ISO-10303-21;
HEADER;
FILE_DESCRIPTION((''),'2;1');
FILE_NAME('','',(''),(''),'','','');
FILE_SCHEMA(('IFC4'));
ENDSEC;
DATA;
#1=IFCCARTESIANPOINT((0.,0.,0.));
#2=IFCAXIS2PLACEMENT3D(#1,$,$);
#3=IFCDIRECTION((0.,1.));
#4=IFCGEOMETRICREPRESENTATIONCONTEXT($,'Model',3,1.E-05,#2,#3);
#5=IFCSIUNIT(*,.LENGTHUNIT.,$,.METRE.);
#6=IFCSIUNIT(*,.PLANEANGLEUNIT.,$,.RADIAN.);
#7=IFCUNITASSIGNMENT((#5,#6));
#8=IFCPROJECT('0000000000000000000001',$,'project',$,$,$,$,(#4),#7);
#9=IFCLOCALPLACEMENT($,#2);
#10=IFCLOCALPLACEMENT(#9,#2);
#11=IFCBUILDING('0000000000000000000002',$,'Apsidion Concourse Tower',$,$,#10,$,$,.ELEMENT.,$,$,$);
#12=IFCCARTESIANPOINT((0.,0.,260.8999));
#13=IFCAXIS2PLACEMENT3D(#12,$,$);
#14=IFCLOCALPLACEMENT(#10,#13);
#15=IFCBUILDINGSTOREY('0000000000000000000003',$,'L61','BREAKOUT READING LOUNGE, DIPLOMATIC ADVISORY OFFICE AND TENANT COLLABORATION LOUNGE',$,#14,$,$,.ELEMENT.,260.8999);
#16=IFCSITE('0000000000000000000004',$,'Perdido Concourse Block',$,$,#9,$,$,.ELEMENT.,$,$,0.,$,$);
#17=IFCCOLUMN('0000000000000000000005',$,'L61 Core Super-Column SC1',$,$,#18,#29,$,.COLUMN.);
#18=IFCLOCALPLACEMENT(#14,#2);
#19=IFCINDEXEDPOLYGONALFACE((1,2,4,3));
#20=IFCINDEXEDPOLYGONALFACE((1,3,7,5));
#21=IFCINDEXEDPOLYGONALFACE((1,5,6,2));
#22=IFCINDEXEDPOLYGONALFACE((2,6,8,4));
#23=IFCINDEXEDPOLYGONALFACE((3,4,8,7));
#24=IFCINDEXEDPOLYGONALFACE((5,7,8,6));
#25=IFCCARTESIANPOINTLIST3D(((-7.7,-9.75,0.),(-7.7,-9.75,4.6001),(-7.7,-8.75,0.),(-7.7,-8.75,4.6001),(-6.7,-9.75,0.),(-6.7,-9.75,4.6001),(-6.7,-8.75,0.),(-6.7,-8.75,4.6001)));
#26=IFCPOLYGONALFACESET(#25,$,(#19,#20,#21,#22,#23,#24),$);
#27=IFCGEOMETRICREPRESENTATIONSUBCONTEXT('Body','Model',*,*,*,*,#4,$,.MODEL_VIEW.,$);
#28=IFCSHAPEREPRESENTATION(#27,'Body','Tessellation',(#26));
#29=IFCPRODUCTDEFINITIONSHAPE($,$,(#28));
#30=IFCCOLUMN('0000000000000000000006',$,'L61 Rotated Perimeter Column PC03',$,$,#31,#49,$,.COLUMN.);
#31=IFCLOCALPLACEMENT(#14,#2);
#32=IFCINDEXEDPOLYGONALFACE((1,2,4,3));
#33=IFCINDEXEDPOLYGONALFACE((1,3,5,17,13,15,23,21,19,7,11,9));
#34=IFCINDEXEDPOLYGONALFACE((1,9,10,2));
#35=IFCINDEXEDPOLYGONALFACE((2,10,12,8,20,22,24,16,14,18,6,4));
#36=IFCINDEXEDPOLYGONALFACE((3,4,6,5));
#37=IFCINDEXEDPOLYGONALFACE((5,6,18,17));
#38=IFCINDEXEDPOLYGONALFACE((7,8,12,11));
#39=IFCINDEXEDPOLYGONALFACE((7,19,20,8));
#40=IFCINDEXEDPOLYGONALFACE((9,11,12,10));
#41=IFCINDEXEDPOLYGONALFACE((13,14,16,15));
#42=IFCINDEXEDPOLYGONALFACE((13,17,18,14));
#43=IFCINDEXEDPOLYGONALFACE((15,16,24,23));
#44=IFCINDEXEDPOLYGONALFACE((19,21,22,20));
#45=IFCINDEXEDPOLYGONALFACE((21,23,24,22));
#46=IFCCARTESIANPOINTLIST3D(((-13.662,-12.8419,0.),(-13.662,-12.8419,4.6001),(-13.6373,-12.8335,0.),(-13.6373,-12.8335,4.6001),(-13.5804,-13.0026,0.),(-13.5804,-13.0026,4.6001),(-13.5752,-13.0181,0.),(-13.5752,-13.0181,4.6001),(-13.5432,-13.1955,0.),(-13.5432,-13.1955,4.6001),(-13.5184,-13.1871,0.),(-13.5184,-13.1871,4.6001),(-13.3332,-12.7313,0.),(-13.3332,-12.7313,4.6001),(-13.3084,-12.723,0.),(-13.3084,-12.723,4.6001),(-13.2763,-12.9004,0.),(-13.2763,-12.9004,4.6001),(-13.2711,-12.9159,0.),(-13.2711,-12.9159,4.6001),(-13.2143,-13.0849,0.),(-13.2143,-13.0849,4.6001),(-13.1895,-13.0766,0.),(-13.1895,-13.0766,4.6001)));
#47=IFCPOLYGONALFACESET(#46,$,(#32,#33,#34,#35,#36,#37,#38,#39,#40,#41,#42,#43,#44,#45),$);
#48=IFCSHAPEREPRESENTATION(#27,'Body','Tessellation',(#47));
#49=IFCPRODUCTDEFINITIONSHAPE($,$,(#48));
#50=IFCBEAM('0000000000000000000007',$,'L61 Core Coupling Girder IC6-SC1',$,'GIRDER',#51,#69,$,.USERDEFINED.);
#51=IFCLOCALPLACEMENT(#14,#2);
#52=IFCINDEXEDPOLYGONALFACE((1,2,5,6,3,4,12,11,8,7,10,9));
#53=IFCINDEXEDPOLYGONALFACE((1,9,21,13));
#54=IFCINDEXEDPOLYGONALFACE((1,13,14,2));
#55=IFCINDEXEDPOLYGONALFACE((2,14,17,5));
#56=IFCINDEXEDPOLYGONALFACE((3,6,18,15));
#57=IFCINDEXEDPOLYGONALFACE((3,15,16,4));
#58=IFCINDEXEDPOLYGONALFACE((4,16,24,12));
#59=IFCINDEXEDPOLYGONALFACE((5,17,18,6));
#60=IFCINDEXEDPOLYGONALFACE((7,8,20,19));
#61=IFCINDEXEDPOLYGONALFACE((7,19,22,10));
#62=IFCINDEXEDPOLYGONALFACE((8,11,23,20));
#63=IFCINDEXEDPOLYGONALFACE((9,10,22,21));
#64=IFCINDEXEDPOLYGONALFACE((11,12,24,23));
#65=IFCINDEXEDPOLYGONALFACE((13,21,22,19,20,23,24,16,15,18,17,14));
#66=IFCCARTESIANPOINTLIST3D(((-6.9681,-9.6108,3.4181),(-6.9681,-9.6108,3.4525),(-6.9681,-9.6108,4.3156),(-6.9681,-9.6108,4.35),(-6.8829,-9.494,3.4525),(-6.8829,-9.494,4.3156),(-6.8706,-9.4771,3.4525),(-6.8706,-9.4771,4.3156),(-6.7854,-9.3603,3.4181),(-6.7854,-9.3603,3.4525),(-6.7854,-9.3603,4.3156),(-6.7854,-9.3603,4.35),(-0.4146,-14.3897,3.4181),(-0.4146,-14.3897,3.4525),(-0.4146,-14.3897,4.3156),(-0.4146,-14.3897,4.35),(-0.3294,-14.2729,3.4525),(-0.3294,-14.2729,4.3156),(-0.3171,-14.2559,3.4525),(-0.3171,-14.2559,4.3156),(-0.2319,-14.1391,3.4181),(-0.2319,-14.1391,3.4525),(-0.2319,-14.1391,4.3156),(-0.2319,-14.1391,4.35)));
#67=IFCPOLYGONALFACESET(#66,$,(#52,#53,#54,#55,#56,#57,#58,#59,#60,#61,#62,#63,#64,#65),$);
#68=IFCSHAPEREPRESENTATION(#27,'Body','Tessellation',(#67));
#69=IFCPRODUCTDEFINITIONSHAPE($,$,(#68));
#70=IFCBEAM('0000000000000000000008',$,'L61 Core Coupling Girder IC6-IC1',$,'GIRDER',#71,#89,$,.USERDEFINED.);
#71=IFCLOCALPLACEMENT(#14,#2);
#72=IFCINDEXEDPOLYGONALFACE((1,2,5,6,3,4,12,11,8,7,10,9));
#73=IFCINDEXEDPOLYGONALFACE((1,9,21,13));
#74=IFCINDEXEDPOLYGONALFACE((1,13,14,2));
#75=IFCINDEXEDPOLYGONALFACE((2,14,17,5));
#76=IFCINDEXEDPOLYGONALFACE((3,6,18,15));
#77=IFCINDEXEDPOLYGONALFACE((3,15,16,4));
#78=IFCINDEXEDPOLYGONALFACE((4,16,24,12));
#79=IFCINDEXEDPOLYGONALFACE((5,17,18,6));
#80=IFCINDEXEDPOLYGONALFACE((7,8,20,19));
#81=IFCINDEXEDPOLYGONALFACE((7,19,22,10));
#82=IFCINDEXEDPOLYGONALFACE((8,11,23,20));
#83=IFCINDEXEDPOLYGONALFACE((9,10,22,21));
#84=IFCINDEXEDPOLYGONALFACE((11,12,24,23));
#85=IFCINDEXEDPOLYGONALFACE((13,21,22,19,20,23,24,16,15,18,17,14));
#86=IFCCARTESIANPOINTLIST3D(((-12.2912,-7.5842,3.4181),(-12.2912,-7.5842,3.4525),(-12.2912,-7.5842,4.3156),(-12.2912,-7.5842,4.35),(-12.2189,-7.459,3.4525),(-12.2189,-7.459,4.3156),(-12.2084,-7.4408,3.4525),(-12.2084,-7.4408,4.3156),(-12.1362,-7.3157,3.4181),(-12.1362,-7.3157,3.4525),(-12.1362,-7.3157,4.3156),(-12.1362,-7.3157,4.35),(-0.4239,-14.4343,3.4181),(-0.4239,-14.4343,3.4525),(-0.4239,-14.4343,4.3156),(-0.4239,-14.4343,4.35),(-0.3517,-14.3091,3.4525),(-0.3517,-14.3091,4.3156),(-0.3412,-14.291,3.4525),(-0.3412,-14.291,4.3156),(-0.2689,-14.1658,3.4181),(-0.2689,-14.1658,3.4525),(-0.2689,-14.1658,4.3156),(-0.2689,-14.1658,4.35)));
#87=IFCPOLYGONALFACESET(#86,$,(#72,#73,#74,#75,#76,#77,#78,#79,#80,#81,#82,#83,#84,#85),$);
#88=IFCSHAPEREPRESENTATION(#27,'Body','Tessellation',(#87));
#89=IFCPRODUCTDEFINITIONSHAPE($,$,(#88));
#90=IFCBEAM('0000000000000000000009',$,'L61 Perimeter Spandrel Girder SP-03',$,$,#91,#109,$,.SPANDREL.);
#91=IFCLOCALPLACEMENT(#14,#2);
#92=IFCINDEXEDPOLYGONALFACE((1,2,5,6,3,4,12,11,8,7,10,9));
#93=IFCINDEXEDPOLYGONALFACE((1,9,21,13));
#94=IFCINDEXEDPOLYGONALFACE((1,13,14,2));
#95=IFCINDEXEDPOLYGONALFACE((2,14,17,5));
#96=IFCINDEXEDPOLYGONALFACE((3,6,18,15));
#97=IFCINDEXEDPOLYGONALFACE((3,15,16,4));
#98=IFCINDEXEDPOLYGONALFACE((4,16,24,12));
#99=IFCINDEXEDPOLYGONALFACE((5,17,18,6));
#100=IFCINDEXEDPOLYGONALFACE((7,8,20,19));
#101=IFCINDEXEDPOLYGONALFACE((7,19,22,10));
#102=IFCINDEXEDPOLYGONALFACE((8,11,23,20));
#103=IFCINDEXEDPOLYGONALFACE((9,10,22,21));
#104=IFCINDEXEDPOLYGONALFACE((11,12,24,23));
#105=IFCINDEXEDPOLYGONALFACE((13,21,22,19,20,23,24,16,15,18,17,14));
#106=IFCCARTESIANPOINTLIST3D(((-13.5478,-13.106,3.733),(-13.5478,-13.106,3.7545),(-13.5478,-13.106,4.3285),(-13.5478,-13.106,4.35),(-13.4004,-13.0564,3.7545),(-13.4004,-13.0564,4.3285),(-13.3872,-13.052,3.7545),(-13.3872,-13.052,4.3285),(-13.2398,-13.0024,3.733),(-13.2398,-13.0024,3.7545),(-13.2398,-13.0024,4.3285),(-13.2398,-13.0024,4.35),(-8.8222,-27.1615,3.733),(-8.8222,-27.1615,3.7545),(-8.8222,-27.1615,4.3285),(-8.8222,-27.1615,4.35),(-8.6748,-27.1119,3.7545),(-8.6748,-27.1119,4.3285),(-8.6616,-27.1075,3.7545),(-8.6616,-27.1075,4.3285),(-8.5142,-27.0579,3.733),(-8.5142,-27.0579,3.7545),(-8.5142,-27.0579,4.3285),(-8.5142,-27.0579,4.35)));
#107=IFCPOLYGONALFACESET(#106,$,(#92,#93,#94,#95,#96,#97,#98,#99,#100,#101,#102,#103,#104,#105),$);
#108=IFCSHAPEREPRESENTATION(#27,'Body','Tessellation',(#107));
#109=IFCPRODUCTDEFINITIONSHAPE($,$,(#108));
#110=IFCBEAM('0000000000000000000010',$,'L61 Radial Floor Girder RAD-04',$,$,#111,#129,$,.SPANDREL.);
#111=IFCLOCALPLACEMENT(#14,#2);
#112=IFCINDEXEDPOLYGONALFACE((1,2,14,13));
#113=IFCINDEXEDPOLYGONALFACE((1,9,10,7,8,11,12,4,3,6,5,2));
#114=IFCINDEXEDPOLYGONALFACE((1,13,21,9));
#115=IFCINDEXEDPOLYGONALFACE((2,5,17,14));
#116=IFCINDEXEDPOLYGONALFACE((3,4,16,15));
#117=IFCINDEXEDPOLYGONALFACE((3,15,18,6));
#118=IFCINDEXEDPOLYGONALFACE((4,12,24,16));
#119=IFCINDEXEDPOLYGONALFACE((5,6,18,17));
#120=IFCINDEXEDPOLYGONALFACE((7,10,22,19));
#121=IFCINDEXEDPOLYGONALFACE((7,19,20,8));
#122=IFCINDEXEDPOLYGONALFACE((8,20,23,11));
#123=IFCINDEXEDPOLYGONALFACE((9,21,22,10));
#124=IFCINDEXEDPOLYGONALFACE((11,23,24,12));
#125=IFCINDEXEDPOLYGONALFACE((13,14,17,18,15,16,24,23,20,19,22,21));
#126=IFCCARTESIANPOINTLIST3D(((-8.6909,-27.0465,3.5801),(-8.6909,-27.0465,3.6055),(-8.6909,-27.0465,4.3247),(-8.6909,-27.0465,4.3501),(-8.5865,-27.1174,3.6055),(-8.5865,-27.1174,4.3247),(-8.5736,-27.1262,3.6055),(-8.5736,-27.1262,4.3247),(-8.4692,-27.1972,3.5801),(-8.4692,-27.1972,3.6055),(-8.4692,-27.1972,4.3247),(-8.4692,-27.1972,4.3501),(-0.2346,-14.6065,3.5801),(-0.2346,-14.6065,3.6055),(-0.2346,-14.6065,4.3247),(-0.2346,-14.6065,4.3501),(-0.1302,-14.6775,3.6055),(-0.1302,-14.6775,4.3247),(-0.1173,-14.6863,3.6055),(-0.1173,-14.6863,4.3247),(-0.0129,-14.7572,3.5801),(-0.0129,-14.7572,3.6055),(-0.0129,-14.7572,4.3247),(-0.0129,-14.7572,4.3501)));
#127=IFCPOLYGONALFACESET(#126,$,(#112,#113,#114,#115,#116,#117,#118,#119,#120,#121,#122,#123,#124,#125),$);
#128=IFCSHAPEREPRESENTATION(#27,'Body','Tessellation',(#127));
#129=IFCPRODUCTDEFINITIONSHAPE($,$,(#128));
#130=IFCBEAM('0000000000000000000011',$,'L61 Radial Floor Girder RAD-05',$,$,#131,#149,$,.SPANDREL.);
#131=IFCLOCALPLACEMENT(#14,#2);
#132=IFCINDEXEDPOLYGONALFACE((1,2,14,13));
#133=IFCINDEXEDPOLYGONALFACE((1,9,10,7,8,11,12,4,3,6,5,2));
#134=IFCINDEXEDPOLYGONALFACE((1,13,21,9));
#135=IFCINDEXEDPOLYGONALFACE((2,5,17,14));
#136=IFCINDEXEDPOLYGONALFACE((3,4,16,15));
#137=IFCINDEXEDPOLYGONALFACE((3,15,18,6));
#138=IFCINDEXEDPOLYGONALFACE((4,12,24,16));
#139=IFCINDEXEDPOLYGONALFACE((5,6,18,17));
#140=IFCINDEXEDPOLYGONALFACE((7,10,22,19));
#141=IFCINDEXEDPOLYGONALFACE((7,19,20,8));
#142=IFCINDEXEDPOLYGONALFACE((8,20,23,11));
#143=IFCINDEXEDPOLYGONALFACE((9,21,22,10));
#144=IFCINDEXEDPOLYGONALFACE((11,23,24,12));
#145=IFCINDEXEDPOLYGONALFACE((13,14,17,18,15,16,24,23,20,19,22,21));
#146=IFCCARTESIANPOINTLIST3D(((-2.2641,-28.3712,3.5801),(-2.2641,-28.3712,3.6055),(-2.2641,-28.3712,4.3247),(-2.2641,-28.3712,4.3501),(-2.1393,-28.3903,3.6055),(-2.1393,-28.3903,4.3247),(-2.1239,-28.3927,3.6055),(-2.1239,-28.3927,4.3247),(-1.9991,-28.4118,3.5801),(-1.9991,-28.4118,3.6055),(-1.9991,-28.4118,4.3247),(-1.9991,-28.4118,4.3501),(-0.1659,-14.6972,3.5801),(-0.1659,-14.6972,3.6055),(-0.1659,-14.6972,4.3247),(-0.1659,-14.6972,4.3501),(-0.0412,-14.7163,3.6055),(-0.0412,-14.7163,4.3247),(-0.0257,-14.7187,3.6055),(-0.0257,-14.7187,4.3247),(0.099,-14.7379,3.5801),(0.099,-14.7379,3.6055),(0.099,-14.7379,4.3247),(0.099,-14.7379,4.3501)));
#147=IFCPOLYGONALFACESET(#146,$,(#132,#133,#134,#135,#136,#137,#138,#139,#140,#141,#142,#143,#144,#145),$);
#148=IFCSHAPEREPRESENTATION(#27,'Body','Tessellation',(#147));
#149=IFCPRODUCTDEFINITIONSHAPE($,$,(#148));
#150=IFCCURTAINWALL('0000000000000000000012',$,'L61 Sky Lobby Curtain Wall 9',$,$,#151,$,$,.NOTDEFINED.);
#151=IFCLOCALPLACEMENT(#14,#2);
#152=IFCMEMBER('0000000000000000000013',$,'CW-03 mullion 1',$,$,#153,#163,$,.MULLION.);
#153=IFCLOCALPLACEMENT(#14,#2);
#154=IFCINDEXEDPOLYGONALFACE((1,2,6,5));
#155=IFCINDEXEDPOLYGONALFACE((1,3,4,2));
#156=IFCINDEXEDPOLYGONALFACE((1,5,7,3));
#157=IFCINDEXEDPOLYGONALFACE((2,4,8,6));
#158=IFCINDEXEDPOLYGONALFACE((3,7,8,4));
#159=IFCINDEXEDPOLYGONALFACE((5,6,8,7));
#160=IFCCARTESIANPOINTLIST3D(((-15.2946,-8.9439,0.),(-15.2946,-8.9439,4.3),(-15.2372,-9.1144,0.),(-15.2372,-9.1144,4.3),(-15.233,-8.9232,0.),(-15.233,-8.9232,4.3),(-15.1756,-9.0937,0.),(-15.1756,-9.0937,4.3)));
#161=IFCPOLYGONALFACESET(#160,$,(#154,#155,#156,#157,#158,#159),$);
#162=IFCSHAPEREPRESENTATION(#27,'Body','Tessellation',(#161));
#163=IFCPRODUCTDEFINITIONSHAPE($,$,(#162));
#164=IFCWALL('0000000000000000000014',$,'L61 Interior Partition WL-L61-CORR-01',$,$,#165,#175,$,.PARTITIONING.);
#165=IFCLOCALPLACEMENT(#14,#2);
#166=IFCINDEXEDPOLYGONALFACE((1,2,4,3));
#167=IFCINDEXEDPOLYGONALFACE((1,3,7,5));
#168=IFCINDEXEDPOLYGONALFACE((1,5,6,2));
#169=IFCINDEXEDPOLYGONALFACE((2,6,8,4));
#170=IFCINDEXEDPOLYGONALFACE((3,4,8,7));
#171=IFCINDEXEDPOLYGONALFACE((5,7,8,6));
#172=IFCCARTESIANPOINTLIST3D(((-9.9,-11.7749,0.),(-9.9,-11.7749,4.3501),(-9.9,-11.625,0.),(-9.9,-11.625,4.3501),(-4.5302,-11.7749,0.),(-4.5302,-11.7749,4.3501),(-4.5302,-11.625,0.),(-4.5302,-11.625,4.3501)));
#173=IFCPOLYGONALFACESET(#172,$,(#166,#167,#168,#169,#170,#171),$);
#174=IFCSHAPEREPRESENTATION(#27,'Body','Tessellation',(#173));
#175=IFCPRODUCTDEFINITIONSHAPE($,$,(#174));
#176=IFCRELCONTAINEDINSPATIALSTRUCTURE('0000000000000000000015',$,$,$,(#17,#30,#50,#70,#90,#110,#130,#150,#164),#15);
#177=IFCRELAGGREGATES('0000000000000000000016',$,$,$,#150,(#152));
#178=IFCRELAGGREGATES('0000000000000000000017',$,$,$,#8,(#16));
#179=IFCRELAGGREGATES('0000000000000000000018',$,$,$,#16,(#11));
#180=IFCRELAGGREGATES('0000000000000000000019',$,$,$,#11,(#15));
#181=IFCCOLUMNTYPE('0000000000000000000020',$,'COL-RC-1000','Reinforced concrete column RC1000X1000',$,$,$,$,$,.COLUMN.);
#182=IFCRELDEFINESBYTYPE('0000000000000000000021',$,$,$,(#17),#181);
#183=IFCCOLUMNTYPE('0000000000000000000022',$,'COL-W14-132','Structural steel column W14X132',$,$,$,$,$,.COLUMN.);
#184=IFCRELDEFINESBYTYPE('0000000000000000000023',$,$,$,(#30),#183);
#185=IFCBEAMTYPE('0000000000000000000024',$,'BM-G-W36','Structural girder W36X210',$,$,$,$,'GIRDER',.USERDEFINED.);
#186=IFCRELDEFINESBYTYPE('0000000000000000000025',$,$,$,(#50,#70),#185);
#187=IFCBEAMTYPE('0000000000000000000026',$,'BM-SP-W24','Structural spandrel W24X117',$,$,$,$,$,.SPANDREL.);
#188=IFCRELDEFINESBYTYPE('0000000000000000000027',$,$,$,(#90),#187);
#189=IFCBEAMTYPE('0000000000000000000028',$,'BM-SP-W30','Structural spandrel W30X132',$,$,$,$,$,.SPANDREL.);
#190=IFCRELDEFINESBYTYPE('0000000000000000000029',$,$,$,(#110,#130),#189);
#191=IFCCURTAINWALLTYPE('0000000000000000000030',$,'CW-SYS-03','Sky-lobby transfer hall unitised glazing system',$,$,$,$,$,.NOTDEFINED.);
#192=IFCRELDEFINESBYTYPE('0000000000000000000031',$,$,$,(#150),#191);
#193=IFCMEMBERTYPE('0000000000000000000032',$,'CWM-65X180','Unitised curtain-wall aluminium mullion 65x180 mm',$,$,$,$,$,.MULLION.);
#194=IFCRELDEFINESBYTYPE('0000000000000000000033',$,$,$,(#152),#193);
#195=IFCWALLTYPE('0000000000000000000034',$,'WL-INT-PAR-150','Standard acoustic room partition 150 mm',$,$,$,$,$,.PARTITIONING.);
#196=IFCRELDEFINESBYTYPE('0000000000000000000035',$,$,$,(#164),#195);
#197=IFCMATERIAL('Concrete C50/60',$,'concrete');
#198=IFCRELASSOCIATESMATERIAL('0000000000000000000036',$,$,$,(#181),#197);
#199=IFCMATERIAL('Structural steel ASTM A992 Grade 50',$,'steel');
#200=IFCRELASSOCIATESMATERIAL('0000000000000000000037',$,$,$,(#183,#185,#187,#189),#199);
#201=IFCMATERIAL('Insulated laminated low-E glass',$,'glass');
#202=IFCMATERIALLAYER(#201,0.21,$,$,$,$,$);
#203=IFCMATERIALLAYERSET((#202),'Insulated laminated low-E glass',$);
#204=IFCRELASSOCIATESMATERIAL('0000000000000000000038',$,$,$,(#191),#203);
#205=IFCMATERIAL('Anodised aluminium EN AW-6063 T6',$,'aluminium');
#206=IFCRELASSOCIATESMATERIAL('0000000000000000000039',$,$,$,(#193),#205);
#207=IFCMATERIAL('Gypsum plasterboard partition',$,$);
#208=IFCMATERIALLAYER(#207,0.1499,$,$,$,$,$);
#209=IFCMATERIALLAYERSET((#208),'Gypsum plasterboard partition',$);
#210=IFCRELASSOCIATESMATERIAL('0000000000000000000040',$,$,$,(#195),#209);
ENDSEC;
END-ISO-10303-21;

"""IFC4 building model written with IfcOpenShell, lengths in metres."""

from ifc_helpers import new_model, si_unit, direction, frame, frame_2d, origin, origin_2d, place, context, subcontext, project, spatial, rectangle, i_section, extrude, material, layer, layer_set, material_profile, profile_set, type_object, element, aggregate, save


model = new_model("IFC4")

# Units and contexts
model_context = context("Model", 3, precision=1e-05, world=origin(), true_north=direction((0.0, 1.0)))
body_context = subcontext(model_context, "Body", "Model", "MODEL_VIEW")
ifc_project = project(units=[si_unit("LENGTHUNIT", "METRE"), si_unit("PLANEANGLEUNIT", "RADIAN")], contexts=[model_context])

# Site, building, storey
site_placement = place(None, origin())
site = spatial("IfcSite", under=ifc_project, at=site_placement, Name="Perdido Concourse Block", CompositionType="ELEMENT", RefElevation=0.0)
building_placement = place(site_placement, origin())
building = spatial("IfcBuilding", under=site, at=building_placement, Name="Apsidion Concourse Tower", CompositionType="ELEMENT")
storey_placement = place(building_placement, frame((0.0, 0.0, 260.8999)))
storey = spatial("IfcBuildingStorey", under=building, at=storey_placement, Name="L61", Description="BREAKOUT READING LOUNGE, DIPLOMATIC ADVISORY OFFICE AND TENANT COLLABORATION LOUNGE", CompositionType="ELEMENT", Elevation=260.8999)

# Columns
ifc_material_1 = material(Name="Concrete C50/60", Category="concrete")
ifc_material_profile_1 = material_profile(ifc_material_1, rectangle(XDim=1.0, YDim=1.0, at=origin_2d()), Name="RC 1000x1000")
ifc_profile_set_1 = profile_set([ifc_material_profile_1], Name="Concrete C50/60")
column_type_1 = type_object("IfcColumnType", Name="COL-RC-1000", Description="Reinforced concrete column RC1000X1000", PredefinedType="COLUMN", material=ifc_profile_set_1)
column_1_placement = place(storey_placement, frame((-7.2, -9.25, 0.0), z_axis=(0.0, 0.0, 1.0), x_axis=(1.0, 0.0, 0.0)))
element("IfcColumn", 1, at=column_1_placement, inside=storey, type_object=column_type_1, Name="L61 Core Super-Column SC1", PredefinedType="COLUMN", context=body_context, shape_type="SweptSolid", body=[
    extrude(rectangle(XDim=1.0, YDim=1.0, at=origin_2d()), origin(), (0.0, 0.0, 1.0), 4.6001),
])
ifc_material_2 = material(Name="Structural steel ASTM A992 Grade 50", Category="steel")
ifc_material_profile_2 = material_profile(ifc_material_2, i_section(OverallWidth=0.373, OverallDepth=0.373, WebThickness=0.0164, FlangeThickness=0.0261, at=origin_2d()), Name="W14X132")
ifc_profile_set_2 = profile_set([ifc_material_profile_2], Name="Structural steel ASTM A992 Grade 50")
column_type_2 = type_object("IfcColumnType", Name="COL-W14-132", Description="Structural steel column W14X132", PredefinedType="COLUMN", material=ifc_profile_set_2)
column_2_placement = place(storey_placement, frame((-13.4258, -12.9592, 0.0), z_axis=(0.0, 0.0, 1.0), x_axis=(-0.318628, 0.94788, 0.0)))
element("IfcColumn", 2, at=column_2_placement, inside=storey, type_object=column_type_2, Name="L61 Rotated Perimeter Column PC03", PredefinedType="COLUMN", context=body_context, shape_type="SweptSolid", body=[
    extrude(i_section(OverallWidth=0.373, OverallDepth=0.373, WebThickness=0.0164, FlangeThickness=0.0261, at=origin_2d()), origin(), (0.0, 0.0, 1.0), 4.6001),
])

# Beams
ifc_material_profile_3 = material_profile(ifc_material_2, i_section(OverallWidth=0.3101, OverallDepth=0.9319, WebThickness=0.021, FlangeThickness=0.0344, at=origin_2d()), Name="W36X210")
ifc_profile_set_3 = profile_set([ifc_material_profile_3], Name="Structural steel ASTM A992 Grade 50")
beam_type_1 = type_object("IfcBeamType", Name="BM-G-W36", Description="Structural girder W36X210", ElementType="GIRDER", PredefinedType="USERDEFINED", material=ifc_profile_set_3)
beam_1_placement = place(storey_placement, frame((-0.3232, -14.2644, 3.884), z_axis=(-0.807993, 0.589191, 0.0), x_axis=(-0.589191, -0.807993, 0.0)))
element("IfcBeam", 3, at=beam_1_placement, inside=storey, type_object=beam_type_1, Name="L61 Core Coupling Girder IC6-SC1", ObjectType="GIRDER", PredefinedType="USERDEFINED", context=body_context, shape_type="SweptSolid", body=[
    extrude(i_section(OverallWidth=0.3101, OverallDepth=0.9319, WebThickness=0.021, FlangeThickness=0.0344, at=origin_2d()), origin(), (0.0, 0.0, 1.0), 8.1108),
])
beam_2_placement = place(storey_placement, frame((-0.3464, -14.3, 3.884), z_axis=(-0.86607, 0.499922, 0.0), x_axis=(-0.499922, -0.86607, 0.0)))
element("IfcBeam", 4, at=beam_2_placement, inside=storey, type_object=beam_type_1, Name="L61 Core Coupling Girder IC6-IC1", ObjectType="GIRDER", PredefinedType="USERDEFINED", context=body_context, shape_type="SweptSolid", body=[
    extrude(i_section(OverallWidth=0.3101, OverallDepth=0.9319, WebThickness=0.021, FlangeThickness=0.0344, at=origin_2d()), origin(), (0.0, 0.0, 1.0), 13.7024),
])
ifc_material_profile_4 = material_profile(ifc_material_2, i_section(OverallWidth=0.325, OverallDepth=0.6169, WebThickness=0.0139, FlangeThickness=0.0215, at=origin_2d()), Name="W24X117")
ifc_profile_set_4 = profile_set([ifc_material_profile_4], Name="Structural steel ASTM A992 Grade 50")
beam_type_2 = type_object("IfcBeamType", Name="BM-SP-W24", Description="Structural spandrel W24X117", PredefinedType="SPANDREL", material=ifc_profile_set_4)
beam_3_placement = place(storey_placement, frame((-13.3938, -13.0542, 4.0415), z_axis=(0.318682, -0.947862, 0.0), x_axis=(0.947862, 0.318682, 0.0)))
element("IfcBeam", 5, at=beam_3_placement, inside=storey, type_object=beam_type_2, Name="L61 Perimeter Spandrel Girder SP-03", PredefinedType="SPANDREL", context=body_context, shape_type="SweptSolid", body=[
    extrude(i_section(OverallWidth=0.325, OverallDepth=0.6169, WebThickness=0.0139, FlangeThickness=0.0215, at=origin_2d()), origin(), (0.0, 0.0, 1.0), 14.8286),
])
ifc_material_profile_5 = material_profile(ifc_material_2, i_section(OverallWidth=0.2681, OverallDepth=0.77, WebThickness=0.0156, FlangeThickness=0.0254, at=origin_2d()), Name="W30X132")
ifc_profile_set_5 = profile_set([ifc_material_profile_5], Name="Structural steel ASTM A992 Grade 50")
beam_type_3 = type_object("IfcBeamType", Name="BM-SP-W30", Description="Structural spandrel W30X132", PredefinedType="SPANDREL", material=ifc_profile_set_5)
beam_4_placement = place(storey_placement, frame((-0.1238, -14.6819, 3.9651), z_axis=(-0.56218, -0.827015, 0.0), x_axis=(0.827015, -0.56218, 0.0)))
element("IfcBeam", 6, at=beam_4_placement, inside=storey, type_object=beam_type_3, Name="L61 Radial Floor Girder RAD-04", PredefinedType="SPANDREL", context=body_context, shape_type="SweptSolid", body=[
    extrude(i_section(OverallWidth=0.2681, OverallDepth=0.77, WebThickness=0.0156, FlangeThickness=0.0254, at=origin_2d()), origin(), (0.0, 0.0, 1.0), 15.042),
])
beam_5_placement = place(storey_placement, frame((-0.0334, -14.7175, 3.9651), z_axis=(-0.151665, -0.988432, 0.0), x_axis=(0.988432, -0.151665, 0.0)))
element("IfcBeam", 7, at=beam_5_placement, inside=storey, type_object=beam_type_3, Name="L61 Radial Floor Girder RAD-05", PredefinedType="SPANDREL", context=body_context, shape_type="SweptSolid", body=[
    extrude(i_section(OverallWidth=0.2681, OverallDepth=0.77, WebThickness=0.0156, FlangeThickness=0.0254, at=origin_2d()), origin(), (0.0, 0.0, 1.0), 13.834),
])

# Curtain wall, member
ifc_material_3 = material(Name="Insulated laminated low-E glass", Category="glass")
ifc_layer_1 = layer(ifc_material_3, 0.21)
ifc_layer_set_1 = layer_set([ifc_layer_1], Name="Insulated laminated low-E glass")
curtain_wall_type = type_object("IfcCurtainWallType", Name="CW-SYS-03", Description="Sky-lobby transfer hall unitised glazing system", PredefinedType="NOTDEFINED", material=ifc_layer_set_1)
curtain_wall_placement = place(storey_placement, origin())
curtain_wall = element("IfcCurtainWall", 8, at=curtain_wall_placement, inside=storey, type_object=curtain_wall_type, Name="L61 Sky Lobby Curtain Wall 9", PredefinedType="NOTDEFINED")
ifc_material_4 = material(Name="Anodised aluminium EN AW-6063 T6", Category="aluminium")
ifc_material_profile_6 = material_profile(ifc_material_4, rectangle(XDim=0.0649, YDim=0.1799, at=origin_2d()), Name="ALU MULLION 65x180")
ifc_profile_set_6 = profile_set([ifc_material_profile_6], Name="Anodised aluminium EN AW-6063 T6")
member_type = type_object("IfcMemberType", Name="CWM-65X180", Description="Unitised curtain-wall aluminium mullion 65x180 mm", PredefinedType="MULLION", material=ifc_profile_set_6)
member_placement = place(storey_placement, frame((-15.2351, -9.0188, 0.0), z_axis=(0.0, 0.0, 1.0), x_axis=(-0.947791, -0.318891, 0.0)))
member = element("IfcMember", 9, at=member_placement, type_object=member_type, Name="CW-03 mullion 1", PredefinedType="MULLION", context=body_context, shape_type="SweptSolid", body=[
    extrude(rectangle(XDim=0.0649, YDim=0.1799, at=origin_2d()), origin(), (0.0, 0.0, 1.0), 4.3),
])
aggregate(curtain_wall, [member])

# Wall
ifc_material_5 = material(Name="Gypsum plasterboard partition")
ifc_layer_2 = layer(ifc_material_5, 0.1499)
ifc_layer_set_2 = layer_set([ifc_layer_2], Name="Gypsum plasterboard partition")
wall_type_1 = type_object("IfcWallType", Name="WL-INT-PAR-150", Description="Standard acoustic room partition 150 mm", PredefinedType="PARTITIONING", material=ifc_layer_set_2)
wall_1_placement = place(storey_placement, frame((-4.53, -11.7, 0.0), z_axis=(0.0, 0.0, 1.0), x_axis=(-1.0, 0.0, 0.0)))
element("IfcWall", 10, at=wall_1_placement, inside=storey, type_object=wall_type_1, Name="L61 Interior Partition WL-L61-CORR-01", PredefinedType="PARTITIONING", context=body_context, shape_type="SweptSolid", body=[
    extrude(rectangle(XDim=5.3699, YDim=0.1499, at=frame_2d((2.6851, 0.0))), origin(), (0.0, 0.0, 1.0), 4.3501),
])

save(model, "model.ifc")
